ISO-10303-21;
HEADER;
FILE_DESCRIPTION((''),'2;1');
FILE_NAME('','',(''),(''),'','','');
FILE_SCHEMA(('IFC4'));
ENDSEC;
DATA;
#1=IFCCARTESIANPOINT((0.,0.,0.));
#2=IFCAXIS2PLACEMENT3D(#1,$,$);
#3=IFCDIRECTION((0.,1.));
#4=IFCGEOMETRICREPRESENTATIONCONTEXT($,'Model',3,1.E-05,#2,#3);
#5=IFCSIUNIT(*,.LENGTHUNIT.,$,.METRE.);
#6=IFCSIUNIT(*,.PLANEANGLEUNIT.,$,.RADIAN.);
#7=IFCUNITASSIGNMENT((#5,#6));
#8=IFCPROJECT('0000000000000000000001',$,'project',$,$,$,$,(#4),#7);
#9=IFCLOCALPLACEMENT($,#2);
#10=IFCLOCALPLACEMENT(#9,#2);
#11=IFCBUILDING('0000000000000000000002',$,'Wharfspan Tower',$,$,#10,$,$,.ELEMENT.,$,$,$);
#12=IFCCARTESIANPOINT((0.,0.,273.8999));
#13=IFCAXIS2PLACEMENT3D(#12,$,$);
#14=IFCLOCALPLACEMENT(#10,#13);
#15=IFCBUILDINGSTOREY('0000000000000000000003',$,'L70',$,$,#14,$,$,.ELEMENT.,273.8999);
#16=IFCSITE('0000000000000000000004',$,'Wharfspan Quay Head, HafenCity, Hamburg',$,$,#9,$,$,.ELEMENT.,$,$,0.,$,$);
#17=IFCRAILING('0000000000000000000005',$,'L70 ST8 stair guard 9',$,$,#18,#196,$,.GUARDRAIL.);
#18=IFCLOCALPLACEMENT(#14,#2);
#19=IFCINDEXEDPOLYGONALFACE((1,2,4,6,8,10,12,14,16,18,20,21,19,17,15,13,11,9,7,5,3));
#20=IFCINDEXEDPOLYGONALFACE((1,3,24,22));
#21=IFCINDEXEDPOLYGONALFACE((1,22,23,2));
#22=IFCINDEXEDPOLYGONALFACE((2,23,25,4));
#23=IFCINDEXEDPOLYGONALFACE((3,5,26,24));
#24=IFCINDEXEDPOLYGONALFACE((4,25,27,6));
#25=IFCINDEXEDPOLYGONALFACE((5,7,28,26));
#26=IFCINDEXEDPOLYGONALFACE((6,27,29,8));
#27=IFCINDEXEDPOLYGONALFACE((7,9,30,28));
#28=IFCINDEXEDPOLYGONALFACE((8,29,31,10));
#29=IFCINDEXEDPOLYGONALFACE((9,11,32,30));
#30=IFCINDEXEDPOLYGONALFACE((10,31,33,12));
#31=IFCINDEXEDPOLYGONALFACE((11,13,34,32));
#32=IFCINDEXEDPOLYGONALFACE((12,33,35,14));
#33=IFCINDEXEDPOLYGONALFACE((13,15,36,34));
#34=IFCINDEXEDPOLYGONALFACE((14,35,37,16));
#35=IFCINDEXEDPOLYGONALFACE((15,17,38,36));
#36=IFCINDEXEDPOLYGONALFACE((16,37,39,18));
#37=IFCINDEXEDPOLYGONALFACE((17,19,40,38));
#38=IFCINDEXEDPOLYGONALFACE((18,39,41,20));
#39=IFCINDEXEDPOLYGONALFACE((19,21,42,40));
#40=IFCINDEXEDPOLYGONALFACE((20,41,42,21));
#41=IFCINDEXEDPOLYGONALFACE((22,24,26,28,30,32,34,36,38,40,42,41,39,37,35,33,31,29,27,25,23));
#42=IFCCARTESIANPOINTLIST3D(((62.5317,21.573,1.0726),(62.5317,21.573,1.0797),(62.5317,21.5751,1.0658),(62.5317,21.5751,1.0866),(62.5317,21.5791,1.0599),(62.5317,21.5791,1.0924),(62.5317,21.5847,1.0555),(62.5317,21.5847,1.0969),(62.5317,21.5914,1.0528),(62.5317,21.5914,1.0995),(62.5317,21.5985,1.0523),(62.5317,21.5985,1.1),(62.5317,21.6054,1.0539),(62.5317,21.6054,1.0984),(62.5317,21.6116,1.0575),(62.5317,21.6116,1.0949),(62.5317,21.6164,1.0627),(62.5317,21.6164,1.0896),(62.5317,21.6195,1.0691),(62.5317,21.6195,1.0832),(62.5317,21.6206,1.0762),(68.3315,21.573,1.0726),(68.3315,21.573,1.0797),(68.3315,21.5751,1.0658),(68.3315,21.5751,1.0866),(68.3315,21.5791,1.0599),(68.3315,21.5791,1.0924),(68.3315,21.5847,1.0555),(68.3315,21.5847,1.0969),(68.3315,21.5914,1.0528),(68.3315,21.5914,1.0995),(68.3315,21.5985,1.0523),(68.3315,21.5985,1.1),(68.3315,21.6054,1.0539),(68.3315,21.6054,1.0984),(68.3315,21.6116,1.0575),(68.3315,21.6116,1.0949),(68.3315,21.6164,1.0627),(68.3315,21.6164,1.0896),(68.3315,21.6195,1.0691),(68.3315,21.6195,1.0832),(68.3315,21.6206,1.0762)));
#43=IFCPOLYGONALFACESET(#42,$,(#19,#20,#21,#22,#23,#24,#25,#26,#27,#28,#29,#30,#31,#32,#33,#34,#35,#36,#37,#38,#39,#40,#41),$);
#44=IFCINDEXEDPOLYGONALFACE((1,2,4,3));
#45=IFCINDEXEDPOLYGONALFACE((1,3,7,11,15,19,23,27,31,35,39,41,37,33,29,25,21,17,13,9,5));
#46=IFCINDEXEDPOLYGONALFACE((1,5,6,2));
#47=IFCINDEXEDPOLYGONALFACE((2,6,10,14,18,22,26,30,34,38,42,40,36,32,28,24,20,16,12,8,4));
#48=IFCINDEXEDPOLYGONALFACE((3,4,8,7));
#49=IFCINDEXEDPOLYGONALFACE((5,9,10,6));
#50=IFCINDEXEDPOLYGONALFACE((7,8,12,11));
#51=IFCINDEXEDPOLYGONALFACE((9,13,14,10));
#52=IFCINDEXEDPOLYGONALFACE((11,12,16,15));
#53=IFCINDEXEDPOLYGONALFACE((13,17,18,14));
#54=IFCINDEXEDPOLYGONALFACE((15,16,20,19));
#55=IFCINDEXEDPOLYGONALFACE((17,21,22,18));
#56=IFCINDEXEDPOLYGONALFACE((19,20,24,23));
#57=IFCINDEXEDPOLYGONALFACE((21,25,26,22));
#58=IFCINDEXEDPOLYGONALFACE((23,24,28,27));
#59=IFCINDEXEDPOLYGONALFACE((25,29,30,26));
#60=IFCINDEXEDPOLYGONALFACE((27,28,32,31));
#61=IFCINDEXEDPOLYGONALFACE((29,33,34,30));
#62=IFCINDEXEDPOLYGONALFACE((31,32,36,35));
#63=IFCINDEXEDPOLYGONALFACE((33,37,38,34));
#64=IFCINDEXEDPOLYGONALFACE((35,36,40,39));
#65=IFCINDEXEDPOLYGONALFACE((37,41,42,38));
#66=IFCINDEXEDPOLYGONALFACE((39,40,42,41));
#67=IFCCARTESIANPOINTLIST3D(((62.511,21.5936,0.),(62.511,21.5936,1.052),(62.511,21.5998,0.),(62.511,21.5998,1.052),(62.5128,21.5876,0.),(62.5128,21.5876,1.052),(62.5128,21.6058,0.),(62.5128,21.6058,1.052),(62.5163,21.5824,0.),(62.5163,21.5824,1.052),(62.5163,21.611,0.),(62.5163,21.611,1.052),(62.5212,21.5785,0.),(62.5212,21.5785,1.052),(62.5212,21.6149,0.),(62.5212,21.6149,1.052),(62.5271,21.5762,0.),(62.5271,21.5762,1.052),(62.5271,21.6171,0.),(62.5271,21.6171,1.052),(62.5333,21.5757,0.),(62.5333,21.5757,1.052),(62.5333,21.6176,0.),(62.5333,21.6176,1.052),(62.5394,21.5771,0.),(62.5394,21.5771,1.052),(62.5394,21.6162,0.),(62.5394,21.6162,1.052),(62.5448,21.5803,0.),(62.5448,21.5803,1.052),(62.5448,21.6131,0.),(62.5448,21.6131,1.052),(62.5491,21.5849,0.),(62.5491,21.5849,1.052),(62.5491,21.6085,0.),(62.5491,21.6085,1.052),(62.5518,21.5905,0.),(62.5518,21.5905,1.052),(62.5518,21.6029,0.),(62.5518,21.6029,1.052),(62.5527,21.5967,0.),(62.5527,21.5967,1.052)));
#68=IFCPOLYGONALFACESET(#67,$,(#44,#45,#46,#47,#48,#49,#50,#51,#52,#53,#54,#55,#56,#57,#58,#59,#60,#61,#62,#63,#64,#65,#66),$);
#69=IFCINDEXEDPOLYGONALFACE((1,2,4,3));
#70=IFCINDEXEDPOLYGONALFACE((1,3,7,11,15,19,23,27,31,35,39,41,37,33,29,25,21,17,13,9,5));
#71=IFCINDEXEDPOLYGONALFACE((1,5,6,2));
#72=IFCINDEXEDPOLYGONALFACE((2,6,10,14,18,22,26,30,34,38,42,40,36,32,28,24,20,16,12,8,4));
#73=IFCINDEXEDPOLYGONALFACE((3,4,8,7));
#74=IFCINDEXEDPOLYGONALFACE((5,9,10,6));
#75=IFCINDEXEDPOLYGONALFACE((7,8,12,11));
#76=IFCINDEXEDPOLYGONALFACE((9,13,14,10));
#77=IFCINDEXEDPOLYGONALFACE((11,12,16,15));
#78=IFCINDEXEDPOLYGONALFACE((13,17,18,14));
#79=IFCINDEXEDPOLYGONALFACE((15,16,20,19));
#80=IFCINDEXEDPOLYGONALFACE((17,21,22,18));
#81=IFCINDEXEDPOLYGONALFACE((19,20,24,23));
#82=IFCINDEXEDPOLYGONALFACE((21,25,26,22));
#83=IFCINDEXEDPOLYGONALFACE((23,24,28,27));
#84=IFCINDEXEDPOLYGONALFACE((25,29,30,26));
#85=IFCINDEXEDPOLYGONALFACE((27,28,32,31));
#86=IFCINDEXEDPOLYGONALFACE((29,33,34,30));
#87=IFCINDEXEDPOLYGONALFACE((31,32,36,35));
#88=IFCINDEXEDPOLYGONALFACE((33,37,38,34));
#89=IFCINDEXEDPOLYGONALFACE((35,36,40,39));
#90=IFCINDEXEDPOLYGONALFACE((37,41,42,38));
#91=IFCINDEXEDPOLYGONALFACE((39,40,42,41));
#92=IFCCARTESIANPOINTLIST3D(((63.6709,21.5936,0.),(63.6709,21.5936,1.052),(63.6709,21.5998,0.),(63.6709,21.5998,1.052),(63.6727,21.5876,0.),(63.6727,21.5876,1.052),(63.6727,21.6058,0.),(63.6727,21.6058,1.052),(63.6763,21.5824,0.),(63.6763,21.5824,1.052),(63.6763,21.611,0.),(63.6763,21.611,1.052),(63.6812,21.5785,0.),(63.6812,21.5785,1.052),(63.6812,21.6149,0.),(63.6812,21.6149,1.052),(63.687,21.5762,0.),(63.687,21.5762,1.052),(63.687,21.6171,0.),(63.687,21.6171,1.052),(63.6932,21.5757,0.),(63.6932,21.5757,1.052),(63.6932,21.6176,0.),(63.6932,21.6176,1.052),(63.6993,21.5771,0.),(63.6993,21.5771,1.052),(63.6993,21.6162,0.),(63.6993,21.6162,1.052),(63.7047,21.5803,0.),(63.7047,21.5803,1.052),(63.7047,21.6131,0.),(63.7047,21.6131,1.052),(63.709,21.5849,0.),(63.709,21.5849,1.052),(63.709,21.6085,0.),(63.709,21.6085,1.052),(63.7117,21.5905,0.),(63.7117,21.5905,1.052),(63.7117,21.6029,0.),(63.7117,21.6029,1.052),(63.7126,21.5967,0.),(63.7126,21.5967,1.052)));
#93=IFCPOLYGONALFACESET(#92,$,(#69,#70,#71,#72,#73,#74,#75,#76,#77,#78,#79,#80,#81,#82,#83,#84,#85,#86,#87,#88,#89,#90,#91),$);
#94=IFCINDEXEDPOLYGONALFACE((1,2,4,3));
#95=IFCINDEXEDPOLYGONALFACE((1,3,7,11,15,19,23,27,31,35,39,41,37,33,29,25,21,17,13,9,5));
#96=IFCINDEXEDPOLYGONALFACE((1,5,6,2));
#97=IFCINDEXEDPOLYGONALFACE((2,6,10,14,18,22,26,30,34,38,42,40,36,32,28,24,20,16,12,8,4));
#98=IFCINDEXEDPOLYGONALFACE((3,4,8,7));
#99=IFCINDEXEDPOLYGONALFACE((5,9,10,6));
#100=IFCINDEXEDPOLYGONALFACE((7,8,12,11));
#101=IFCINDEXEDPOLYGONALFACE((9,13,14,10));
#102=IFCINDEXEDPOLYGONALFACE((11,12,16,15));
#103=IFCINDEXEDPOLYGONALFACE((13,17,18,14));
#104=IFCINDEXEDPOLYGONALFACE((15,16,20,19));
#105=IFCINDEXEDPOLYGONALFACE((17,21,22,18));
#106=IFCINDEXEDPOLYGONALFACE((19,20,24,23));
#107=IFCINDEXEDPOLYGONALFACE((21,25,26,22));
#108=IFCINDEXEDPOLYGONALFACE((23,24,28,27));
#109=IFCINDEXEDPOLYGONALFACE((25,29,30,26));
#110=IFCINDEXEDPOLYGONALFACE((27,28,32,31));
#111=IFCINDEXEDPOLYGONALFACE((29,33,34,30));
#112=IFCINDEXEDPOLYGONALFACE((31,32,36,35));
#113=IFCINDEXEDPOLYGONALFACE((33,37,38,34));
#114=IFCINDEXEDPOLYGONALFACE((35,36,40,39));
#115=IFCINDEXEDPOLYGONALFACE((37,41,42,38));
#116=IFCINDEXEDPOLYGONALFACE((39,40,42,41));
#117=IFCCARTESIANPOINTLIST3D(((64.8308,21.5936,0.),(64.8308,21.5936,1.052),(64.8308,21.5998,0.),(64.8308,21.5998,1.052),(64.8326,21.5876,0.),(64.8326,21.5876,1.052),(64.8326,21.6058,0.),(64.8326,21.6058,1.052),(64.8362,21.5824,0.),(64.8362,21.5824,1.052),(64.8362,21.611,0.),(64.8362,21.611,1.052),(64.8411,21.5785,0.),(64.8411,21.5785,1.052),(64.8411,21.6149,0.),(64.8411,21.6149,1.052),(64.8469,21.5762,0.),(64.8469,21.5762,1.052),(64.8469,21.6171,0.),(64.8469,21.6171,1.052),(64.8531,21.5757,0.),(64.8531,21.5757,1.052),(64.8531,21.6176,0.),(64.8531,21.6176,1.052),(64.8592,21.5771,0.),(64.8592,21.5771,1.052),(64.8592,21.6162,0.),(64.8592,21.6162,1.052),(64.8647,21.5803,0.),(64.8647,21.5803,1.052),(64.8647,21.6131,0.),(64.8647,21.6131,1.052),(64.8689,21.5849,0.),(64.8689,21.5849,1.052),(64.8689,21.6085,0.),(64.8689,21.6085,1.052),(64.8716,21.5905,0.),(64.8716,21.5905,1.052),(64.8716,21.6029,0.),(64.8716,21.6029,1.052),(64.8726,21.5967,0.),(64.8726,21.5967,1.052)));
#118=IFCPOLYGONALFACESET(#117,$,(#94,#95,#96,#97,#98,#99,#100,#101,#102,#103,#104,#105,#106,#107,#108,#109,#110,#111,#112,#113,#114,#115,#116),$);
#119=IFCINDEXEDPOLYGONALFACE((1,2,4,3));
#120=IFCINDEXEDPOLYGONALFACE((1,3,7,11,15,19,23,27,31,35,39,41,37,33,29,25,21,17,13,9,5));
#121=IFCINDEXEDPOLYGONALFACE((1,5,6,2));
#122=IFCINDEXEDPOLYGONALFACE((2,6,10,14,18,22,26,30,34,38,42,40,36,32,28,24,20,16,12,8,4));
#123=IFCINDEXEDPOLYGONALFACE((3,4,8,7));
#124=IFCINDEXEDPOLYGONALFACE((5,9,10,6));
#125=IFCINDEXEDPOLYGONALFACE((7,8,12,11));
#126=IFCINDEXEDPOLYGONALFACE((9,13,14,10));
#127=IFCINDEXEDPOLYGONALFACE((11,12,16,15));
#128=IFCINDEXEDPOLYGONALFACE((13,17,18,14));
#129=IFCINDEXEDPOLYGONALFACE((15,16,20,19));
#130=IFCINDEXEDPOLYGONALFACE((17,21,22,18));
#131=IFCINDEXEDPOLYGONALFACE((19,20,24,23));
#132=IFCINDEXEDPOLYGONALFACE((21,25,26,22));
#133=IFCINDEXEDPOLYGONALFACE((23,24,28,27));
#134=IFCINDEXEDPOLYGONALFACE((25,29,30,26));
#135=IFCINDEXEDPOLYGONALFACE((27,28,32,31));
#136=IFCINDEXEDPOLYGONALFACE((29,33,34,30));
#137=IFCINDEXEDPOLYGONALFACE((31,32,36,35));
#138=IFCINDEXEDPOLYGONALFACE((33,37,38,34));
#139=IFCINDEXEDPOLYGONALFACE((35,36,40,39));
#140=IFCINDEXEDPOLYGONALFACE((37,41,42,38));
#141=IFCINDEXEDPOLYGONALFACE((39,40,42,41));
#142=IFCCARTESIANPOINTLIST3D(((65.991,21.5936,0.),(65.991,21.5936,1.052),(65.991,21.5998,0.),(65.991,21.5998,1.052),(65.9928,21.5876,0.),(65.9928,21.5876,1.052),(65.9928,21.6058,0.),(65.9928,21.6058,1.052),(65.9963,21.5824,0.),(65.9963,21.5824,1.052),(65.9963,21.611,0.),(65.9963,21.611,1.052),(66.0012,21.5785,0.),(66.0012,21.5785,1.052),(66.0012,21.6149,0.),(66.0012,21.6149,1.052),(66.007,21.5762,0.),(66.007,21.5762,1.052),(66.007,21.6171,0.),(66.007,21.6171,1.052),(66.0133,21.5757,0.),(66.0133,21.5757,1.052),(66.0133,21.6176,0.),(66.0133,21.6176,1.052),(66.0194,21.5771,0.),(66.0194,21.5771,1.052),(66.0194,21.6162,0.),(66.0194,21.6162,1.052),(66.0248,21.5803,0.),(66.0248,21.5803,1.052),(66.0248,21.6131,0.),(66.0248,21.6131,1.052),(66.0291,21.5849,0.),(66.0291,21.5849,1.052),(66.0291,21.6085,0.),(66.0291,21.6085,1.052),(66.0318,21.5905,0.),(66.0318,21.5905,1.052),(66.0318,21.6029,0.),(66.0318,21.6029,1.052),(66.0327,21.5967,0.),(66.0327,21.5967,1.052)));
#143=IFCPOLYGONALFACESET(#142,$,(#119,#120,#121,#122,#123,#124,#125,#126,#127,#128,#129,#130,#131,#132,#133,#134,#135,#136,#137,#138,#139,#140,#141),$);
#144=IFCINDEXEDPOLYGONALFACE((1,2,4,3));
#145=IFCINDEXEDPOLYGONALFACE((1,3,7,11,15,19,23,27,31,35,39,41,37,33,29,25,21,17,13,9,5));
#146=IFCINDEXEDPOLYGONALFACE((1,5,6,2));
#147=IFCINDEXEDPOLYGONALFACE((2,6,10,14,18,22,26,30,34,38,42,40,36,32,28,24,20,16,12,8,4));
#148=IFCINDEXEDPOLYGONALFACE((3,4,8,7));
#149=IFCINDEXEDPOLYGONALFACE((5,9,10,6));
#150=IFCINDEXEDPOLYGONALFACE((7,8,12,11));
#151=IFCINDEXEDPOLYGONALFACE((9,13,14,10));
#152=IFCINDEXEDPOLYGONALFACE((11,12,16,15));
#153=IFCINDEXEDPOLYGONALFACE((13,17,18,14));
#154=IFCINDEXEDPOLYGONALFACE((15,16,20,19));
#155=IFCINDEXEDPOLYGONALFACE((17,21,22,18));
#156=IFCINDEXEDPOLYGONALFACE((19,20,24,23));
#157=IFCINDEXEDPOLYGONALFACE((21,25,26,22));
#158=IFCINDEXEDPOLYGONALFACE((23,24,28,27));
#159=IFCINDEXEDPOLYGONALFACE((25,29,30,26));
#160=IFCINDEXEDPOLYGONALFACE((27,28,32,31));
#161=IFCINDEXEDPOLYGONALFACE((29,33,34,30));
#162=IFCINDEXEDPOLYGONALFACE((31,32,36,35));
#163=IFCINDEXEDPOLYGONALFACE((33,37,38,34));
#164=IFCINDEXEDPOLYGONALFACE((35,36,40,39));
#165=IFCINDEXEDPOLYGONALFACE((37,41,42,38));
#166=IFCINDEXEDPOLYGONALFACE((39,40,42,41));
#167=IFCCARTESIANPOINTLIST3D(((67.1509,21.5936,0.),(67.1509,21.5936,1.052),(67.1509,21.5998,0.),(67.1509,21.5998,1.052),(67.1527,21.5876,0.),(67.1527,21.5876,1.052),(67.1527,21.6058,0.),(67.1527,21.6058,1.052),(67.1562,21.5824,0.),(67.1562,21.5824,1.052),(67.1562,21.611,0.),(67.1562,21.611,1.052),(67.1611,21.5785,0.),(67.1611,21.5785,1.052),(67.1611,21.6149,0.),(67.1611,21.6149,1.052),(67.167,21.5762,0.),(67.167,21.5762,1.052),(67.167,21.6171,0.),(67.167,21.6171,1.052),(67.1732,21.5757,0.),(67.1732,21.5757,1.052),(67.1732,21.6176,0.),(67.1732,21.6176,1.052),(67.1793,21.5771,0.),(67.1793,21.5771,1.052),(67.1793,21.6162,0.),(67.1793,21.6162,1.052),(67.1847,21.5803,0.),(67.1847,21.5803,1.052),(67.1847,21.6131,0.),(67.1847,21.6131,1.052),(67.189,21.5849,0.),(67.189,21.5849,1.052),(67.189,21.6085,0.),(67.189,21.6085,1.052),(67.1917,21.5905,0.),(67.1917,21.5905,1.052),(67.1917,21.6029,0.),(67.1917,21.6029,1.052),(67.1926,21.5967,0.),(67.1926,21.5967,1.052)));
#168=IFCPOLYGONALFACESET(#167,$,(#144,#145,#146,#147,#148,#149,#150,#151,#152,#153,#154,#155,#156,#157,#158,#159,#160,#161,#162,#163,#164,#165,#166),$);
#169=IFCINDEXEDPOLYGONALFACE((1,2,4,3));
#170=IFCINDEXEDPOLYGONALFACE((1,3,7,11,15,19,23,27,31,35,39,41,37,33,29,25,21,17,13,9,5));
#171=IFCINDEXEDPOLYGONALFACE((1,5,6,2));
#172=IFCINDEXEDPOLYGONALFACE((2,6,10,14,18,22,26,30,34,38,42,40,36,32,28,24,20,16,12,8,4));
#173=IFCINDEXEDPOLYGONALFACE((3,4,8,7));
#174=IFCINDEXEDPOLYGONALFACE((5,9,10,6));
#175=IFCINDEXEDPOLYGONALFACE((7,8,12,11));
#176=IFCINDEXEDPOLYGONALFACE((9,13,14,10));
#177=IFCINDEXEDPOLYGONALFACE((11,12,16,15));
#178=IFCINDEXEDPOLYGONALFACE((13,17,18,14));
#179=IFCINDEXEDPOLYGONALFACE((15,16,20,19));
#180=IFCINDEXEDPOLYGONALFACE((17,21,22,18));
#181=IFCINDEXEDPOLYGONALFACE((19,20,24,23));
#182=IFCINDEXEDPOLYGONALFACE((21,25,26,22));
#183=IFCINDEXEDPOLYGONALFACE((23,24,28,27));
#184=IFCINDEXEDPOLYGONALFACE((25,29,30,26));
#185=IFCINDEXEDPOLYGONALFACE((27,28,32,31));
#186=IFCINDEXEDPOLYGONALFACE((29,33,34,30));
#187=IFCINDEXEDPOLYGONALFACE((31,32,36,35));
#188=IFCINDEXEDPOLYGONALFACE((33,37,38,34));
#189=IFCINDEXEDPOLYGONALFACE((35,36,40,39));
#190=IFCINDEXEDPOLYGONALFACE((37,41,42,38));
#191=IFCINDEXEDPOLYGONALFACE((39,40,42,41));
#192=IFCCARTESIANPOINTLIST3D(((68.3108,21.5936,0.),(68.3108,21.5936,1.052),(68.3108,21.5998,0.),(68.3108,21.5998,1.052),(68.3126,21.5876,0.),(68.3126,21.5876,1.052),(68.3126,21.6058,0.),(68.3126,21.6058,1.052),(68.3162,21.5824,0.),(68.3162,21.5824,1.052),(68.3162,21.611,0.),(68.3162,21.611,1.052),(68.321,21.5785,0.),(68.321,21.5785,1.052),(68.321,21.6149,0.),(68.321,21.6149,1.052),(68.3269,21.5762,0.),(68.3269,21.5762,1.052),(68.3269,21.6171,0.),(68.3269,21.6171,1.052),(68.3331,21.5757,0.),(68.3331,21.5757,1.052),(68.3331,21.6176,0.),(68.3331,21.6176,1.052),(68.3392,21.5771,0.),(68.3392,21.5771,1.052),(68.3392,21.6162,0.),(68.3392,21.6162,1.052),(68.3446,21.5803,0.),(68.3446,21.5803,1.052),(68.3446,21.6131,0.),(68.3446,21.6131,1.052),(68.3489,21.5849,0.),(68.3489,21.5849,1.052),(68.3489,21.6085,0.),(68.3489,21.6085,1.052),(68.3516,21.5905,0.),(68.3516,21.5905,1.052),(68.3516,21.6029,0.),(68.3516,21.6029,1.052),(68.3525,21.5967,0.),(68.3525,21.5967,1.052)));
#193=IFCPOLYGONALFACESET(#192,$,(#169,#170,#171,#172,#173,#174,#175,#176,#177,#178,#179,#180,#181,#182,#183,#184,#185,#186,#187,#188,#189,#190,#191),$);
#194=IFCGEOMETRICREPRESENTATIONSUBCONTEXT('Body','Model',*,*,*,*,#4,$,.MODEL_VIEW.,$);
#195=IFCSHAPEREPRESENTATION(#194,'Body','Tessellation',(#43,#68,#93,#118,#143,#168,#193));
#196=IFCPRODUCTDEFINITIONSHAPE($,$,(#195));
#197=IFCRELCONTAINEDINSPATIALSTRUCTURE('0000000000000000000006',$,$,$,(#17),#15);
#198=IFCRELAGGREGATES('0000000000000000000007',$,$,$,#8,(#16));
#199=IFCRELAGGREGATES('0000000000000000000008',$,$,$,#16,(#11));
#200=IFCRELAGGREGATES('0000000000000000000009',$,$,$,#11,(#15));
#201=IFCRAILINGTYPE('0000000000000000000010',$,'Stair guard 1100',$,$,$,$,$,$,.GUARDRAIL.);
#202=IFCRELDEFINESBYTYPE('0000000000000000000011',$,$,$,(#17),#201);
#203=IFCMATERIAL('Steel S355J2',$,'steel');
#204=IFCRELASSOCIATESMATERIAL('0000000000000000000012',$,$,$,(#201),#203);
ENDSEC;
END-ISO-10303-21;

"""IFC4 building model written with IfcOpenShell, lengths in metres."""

from ifc_helpers import new_model, si_unit, direction, frame, origin, origin_2d, place, context, subcontext, project, spatial, circle, extrude, material, type_object, element, save


model = new_model("IFC4")

# Units and contexts
model_context = context("Model", 3, precision=1e-05, world=origin(), true_north=direction((0.0, 1.0)))
body_context = subcontext(model_context, "Body", "Model", "MODEL_VIEW")
ifc_project = project(units=[si_unit("LENGTHUNIT", "METRE"), si_unit("PLANEANGLEUNIT", "RADIAN")], contexts=[model_context])

# Site, building, storey
site_placement = place(None, origin())
site = spatial("IfcSite", under=ifc_project, at=site_placement, Name="Wharfspan Quay Head, HafenCity, Hamburg", CompositionType="ELEMENT", RefElevation=0.0)
building_placement = place(site_placement, origin())
building = spatial("IfcBuilding", under=site, at=building_placement, Name="Wharfspan Tower", CompositionType="ELEMENT")
storey_placement = place(building_placement, frame((0.0, 0.0, 273.8999)))
storey = spatial("IfcBuildingStorey", under=building, at=storey_placement, Name="L70", CompositionType="ELEMENT", Elevation=273.8999)

# Shared definitions
ifc_material_1 = material(Name="Steel S355J2", Category="steel")

# Railing
railing_type_1 = type_object("IfcRailingType", Name="Stair guard 1100", PredefinedType="GUARDRAIL", material=ifc_material_1)
for number, where, name in (
    (1, (62.5317, 21.5967, 0.0), "L70 ST8 stair guard 9"),
):
    element("IfcRailing", number, at=place(storey_placement, frame(where)), inside=storey, type_object=railing_type_1, Name=name, PredefinedType="GUARDRAIL", context=body_context, shape_type="SweptSolid", body=[
        extrude(circle(Radius=0.0239, at=origin_2d()), frame((0.0, 0.0, 1.0762), z_axis=(1.0, 0.0, 0.0), x_axis=(0.0, 1.0, 0.0)), (0.0, 0.0, 1.0), 5.7998),
        extrude(circle(Radius=0.021, at=origin_2d()), origin(), (0.0, 0.0, 1.0), 1.052),
        extrude(circle(Radius=0.021, at=origin_2d()), frame((1.1599, 0.0, 0.0)), (0.0, 0.0, 1.0), 1.052),
        extrude(circle(Radius=0.021, at=origin_2d()), frame((2.3198, 0.0, 0.0)), (0.0, 0.0, 1.0), 1.052),
        extrude(circle(Radius=0.021, at=origin_2d()), frame((3.48, 0.0, 0.0)), (0.0, 0.0, 1.0), 1.052),
        extrude(circle(Radius=0.021, at=origin_2d()), frame((4.6399, 0.0, 0.0)), (0.0, 0.0, 1.0), 1.052),
        extrude(circle(Radius=0.021, at=origin_2d()), frame((5.7998, 0.0, 0.0)), (0.0, 0.0, 1.0), 1.052),
    ])

save(model, "model.ifc")
